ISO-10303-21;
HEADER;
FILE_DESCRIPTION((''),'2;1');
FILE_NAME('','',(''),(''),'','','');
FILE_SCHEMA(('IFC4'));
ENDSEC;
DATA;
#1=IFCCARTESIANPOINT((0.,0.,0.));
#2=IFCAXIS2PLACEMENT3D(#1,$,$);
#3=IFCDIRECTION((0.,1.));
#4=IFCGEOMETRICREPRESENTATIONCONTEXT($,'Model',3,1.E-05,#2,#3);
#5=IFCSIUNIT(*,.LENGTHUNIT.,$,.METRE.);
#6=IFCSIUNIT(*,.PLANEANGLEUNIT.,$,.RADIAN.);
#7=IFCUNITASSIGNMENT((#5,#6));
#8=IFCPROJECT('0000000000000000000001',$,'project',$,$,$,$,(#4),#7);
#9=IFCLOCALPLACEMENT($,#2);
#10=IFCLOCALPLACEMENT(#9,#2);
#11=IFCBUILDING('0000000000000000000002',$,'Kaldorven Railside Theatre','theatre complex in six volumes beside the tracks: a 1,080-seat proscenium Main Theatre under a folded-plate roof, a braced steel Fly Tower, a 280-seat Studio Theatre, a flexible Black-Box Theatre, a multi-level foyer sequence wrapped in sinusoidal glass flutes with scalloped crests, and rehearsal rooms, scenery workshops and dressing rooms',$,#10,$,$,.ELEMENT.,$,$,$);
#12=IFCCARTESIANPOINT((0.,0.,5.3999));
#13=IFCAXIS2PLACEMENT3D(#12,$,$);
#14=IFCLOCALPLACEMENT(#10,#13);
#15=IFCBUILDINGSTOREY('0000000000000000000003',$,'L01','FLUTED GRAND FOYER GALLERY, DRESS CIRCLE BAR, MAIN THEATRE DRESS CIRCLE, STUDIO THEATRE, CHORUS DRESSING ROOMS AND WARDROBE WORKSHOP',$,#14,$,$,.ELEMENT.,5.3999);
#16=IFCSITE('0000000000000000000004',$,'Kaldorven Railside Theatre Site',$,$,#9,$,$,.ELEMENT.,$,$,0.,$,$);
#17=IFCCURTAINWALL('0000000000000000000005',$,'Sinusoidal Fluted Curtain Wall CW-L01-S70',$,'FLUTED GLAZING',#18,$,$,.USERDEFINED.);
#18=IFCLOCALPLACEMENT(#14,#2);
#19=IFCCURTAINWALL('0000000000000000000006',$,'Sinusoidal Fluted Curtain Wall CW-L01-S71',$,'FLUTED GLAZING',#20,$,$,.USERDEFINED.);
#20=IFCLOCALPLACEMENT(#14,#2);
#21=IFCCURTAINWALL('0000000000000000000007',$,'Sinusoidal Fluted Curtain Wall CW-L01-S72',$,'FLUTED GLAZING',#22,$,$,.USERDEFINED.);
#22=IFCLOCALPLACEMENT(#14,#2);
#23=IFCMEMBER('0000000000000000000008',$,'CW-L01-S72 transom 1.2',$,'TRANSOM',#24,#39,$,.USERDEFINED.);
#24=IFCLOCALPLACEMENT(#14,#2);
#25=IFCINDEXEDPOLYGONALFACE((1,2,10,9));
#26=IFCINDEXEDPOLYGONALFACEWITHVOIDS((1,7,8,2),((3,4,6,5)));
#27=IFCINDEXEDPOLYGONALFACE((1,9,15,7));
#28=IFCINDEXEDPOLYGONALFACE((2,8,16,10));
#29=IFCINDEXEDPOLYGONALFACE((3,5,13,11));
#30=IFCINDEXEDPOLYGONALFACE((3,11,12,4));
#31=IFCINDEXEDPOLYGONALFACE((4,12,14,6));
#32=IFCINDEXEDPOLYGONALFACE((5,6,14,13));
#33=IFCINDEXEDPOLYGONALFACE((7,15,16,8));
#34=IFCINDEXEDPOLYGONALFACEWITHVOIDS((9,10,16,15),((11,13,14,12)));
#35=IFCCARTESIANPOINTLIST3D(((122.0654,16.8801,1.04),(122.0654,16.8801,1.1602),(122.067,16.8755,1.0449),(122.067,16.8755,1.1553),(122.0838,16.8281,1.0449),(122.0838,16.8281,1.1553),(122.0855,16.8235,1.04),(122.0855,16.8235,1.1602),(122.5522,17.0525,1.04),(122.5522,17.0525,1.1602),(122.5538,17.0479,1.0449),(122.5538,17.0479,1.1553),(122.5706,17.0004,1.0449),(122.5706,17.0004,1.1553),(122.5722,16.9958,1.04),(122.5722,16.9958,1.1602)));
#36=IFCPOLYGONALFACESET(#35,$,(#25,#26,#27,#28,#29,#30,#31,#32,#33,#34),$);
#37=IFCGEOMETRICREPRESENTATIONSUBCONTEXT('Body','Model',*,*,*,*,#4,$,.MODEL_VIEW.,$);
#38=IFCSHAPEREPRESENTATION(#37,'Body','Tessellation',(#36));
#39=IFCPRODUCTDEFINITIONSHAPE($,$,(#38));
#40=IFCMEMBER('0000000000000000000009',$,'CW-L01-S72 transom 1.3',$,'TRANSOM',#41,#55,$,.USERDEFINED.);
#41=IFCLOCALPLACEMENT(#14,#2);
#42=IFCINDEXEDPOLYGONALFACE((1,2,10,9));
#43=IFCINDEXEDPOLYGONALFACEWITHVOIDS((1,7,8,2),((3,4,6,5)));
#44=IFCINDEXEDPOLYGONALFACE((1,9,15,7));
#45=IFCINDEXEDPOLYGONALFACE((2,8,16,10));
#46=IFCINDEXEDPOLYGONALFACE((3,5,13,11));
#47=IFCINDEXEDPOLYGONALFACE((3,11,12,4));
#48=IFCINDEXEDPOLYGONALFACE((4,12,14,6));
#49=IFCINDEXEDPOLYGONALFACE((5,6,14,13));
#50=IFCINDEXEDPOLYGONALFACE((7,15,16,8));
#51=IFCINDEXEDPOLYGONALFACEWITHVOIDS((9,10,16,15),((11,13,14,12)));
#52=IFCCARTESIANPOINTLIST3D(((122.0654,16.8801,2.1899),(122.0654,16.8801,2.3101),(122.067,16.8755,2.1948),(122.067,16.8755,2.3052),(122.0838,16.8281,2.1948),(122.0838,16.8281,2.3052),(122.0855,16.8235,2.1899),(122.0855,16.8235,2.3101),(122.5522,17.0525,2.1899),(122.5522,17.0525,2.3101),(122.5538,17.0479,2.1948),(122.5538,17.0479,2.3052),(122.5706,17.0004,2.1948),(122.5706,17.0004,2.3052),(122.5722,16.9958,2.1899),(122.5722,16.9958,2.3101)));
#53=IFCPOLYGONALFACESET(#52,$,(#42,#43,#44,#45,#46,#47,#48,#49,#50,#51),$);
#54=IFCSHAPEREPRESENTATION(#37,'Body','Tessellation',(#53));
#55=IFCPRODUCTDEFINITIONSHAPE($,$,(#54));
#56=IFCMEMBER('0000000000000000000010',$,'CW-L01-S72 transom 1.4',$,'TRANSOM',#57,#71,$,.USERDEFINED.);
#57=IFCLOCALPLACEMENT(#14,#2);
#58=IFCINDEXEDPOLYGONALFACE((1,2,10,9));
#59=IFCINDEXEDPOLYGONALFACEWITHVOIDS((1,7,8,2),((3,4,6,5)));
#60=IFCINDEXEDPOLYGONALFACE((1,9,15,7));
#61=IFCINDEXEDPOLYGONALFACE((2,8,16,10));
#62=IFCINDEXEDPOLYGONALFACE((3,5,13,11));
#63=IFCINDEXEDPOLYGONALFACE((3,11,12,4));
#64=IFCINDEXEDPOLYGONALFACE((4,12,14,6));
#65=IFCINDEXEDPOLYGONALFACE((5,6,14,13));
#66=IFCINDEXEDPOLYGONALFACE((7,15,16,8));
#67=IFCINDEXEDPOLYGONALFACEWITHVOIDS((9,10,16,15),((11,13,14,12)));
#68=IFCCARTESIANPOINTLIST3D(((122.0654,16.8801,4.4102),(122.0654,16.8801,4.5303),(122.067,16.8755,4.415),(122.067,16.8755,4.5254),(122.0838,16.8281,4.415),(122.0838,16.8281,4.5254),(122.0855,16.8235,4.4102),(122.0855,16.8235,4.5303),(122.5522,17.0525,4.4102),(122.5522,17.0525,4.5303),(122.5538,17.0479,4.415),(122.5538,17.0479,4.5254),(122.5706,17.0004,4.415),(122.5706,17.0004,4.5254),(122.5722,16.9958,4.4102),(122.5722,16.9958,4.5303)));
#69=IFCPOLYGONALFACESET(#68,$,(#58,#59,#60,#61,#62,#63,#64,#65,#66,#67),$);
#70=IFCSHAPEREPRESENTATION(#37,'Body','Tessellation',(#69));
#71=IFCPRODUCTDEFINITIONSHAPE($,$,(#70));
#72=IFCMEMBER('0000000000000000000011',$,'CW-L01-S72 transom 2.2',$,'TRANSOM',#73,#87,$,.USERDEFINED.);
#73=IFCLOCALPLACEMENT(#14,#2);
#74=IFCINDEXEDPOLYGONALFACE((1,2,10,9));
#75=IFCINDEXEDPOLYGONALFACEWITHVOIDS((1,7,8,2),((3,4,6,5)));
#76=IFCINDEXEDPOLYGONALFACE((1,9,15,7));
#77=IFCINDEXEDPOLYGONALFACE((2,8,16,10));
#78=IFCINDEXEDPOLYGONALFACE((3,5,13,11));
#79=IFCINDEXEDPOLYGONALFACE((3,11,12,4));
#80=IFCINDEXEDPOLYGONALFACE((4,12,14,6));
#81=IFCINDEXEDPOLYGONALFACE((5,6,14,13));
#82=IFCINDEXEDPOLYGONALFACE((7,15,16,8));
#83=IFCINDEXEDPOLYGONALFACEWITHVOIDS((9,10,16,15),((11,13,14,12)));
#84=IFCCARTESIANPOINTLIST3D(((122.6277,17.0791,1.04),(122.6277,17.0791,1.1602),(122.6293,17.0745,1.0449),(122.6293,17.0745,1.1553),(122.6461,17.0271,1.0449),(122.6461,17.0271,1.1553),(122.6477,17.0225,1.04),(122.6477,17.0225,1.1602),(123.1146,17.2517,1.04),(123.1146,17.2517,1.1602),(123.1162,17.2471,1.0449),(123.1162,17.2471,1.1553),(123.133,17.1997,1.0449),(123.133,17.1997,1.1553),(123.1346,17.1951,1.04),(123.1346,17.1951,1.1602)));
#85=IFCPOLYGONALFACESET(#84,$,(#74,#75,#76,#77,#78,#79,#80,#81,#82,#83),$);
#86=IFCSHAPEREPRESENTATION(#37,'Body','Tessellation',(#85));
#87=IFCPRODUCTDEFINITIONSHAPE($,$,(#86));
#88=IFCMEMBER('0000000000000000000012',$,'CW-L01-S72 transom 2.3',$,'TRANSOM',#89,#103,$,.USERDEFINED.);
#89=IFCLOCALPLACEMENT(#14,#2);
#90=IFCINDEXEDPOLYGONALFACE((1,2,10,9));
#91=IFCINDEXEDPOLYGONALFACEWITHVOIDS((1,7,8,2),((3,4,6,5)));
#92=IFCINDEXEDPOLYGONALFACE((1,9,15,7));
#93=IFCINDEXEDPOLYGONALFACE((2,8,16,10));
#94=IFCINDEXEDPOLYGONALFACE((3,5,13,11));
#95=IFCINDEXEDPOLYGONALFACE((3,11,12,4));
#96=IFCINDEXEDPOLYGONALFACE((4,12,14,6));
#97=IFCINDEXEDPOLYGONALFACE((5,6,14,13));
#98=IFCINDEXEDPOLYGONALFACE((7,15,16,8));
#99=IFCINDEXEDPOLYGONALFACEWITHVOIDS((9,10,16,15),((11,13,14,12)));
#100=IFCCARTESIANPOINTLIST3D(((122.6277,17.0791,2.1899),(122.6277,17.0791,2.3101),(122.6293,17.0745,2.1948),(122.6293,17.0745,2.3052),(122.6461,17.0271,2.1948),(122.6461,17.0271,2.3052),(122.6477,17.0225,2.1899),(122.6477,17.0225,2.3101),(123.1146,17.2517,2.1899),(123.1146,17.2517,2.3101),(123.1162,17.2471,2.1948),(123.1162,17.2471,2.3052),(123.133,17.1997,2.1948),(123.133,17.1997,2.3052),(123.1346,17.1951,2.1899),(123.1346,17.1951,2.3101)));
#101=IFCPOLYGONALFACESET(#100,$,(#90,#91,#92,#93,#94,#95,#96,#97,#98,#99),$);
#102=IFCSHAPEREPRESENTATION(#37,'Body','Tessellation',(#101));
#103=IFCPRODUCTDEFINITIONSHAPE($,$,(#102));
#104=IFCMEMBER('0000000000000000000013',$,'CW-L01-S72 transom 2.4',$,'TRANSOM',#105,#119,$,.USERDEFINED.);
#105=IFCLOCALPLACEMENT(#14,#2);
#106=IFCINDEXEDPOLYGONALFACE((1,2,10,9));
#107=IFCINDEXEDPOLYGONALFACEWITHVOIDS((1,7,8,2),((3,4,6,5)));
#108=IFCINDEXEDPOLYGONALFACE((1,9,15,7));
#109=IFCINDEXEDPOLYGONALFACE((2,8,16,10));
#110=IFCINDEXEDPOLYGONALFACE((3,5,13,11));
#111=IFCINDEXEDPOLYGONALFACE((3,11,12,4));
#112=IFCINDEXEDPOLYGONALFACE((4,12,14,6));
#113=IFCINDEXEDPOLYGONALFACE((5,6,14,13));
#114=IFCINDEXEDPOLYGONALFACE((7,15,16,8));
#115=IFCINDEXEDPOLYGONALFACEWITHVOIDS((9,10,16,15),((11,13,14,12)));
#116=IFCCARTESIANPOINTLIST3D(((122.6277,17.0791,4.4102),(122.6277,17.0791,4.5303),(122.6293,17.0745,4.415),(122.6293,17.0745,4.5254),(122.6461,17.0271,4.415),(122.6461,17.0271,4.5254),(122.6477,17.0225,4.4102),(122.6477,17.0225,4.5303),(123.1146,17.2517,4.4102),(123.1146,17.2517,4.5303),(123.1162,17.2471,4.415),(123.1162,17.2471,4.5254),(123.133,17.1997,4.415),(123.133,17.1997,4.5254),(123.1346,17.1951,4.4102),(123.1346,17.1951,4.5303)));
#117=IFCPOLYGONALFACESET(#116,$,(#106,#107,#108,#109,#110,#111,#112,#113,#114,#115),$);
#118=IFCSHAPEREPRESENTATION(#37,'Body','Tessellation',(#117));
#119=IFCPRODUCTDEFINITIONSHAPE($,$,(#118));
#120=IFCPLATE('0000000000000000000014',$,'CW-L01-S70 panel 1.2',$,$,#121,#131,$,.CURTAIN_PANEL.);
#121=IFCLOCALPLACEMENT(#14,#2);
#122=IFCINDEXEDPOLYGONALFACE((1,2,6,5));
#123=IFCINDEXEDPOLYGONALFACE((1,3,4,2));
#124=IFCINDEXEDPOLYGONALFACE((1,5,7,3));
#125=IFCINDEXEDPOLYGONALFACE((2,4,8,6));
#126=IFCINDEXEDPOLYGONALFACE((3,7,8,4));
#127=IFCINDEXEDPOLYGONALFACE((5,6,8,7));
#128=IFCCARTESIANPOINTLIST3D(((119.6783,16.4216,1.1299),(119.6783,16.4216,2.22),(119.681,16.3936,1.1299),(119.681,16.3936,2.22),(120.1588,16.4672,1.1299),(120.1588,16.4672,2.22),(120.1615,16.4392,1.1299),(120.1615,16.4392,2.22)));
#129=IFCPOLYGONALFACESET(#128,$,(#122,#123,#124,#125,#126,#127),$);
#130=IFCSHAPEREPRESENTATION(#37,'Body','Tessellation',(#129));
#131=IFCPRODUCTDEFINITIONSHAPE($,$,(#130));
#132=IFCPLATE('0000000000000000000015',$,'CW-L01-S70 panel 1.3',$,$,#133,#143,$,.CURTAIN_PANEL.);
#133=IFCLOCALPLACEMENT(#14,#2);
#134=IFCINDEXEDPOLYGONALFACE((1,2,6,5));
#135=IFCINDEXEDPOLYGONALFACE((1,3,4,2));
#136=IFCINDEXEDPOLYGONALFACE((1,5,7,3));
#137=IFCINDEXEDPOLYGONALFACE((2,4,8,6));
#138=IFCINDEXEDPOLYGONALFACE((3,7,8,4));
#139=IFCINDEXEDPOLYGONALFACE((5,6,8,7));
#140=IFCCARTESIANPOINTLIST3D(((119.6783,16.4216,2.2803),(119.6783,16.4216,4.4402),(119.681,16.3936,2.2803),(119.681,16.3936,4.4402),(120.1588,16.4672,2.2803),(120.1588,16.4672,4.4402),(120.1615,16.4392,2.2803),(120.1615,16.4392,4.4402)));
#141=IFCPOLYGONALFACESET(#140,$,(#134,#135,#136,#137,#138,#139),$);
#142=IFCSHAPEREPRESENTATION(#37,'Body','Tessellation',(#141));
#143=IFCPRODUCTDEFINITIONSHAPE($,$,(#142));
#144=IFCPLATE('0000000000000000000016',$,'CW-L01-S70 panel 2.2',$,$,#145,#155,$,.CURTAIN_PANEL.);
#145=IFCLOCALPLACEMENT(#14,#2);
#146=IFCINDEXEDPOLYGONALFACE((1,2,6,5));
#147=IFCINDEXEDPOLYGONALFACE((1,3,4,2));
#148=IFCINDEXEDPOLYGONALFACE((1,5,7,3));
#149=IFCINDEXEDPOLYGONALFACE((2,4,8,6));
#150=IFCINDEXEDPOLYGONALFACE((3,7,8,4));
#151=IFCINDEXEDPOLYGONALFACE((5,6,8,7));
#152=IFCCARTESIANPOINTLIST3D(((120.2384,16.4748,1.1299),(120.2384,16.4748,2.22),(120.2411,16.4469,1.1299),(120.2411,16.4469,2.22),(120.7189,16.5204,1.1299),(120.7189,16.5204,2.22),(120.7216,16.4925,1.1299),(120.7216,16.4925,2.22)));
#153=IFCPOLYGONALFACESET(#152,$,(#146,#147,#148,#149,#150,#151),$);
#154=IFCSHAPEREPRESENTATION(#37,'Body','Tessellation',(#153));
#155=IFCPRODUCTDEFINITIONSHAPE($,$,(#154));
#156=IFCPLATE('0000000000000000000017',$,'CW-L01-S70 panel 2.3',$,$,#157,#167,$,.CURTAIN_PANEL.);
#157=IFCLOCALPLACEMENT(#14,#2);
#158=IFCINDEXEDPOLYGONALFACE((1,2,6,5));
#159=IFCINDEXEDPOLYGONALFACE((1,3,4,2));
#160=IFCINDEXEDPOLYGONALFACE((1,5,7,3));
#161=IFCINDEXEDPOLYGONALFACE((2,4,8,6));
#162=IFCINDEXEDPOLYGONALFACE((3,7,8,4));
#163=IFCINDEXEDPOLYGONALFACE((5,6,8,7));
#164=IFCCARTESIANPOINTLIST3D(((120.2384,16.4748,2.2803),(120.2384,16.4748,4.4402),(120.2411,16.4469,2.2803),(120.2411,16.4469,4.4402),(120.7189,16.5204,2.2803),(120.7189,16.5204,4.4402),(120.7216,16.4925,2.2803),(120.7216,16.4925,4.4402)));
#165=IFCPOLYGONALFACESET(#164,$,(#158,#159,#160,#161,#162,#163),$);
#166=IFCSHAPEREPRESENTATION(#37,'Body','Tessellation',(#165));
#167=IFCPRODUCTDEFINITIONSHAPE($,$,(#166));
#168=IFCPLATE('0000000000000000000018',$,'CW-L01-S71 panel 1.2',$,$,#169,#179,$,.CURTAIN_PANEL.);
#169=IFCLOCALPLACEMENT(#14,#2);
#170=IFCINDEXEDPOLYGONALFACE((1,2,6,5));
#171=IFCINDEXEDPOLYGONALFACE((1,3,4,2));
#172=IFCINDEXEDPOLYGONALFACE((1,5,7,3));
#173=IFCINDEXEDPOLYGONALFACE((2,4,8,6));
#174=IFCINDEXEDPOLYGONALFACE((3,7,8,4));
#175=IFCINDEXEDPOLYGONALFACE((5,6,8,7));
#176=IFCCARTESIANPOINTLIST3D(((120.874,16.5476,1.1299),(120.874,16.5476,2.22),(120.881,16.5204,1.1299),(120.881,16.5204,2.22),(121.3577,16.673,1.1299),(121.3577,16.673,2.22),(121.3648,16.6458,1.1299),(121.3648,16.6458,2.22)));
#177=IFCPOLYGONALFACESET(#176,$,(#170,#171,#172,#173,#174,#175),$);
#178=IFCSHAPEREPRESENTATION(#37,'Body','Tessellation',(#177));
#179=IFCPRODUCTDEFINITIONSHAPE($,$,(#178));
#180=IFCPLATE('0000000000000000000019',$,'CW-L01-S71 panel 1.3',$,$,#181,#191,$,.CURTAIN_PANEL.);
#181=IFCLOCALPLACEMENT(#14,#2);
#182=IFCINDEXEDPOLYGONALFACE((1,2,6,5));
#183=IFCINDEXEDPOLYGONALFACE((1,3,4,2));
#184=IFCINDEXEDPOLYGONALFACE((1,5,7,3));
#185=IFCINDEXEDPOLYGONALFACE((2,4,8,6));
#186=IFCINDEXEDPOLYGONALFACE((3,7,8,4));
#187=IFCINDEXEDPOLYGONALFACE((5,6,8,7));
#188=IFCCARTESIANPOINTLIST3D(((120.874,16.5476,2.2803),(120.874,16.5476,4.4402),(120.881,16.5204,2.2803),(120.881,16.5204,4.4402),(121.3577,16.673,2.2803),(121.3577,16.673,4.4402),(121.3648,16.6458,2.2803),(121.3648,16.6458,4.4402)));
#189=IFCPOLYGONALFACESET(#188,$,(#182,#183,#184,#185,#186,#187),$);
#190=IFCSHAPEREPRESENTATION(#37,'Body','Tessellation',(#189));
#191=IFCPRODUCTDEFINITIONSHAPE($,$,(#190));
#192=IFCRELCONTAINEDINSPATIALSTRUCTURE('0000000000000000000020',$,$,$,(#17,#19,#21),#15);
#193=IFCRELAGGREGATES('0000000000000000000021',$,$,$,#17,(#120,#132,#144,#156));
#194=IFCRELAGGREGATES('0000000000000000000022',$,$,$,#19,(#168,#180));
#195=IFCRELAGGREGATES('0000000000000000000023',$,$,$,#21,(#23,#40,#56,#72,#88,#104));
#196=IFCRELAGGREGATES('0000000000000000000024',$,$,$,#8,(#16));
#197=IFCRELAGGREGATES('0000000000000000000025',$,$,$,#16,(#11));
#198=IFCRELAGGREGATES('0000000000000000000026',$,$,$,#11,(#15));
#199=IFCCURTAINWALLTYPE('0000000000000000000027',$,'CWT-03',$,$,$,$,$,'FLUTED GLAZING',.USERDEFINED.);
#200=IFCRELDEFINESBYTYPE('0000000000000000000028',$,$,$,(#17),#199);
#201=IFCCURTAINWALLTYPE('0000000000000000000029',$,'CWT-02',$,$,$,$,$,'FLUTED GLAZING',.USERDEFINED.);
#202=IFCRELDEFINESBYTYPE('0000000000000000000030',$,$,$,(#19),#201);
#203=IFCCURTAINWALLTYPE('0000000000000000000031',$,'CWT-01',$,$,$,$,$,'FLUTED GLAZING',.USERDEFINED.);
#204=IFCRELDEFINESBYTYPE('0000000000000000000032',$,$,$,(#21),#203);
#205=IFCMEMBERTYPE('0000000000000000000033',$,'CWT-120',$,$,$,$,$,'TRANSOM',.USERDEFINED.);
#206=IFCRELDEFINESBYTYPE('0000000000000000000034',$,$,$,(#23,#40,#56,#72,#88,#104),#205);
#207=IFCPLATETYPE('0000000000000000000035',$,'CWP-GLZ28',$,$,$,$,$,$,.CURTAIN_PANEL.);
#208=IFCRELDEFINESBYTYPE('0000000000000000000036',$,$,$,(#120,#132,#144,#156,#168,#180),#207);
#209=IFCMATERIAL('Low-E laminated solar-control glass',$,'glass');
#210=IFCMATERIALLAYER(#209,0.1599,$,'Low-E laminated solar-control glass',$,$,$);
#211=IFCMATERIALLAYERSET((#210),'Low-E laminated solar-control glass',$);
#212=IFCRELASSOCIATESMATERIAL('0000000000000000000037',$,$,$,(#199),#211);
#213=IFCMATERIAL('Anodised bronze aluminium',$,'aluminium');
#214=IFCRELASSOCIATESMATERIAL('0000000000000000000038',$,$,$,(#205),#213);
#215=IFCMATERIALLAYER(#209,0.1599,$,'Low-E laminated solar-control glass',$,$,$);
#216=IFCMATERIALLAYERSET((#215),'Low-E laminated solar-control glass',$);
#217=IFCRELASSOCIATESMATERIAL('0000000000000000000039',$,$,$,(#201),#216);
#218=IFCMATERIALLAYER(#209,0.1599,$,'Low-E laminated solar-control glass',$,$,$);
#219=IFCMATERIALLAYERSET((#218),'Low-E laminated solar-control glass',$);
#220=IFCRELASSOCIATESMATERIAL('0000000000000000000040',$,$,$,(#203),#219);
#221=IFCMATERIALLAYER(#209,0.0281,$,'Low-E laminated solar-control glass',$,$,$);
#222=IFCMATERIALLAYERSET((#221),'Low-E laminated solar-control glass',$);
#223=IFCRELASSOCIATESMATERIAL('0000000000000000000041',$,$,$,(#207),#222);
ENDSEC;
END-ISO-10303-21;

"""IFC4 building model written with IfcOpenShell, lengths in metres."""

from ifc_helpers import new_model, si_unit, direction, frame, origin, origin_2d, place, context, subcontext, project, spatial, rectangle, hollow_rectangle, extrude, material, layer, layer_set, material_profile, profile_set, type_object, element, aggregate, save


model = new_model("IFC4")

# Units and contexts
model_context = context("Model", 3, precision=1e-05, world=origin(), true_north=direction((0.0, 1.0)))
body_context = subcontext(model_context, "Body", "Model", "MODEL_VIEW")
ifc_project = project(units=[si_unit("LENGTHUNIT", "METRE"), si_unit("PLANEANGLEUNIT", "RADIAN")], contexts=[model_context])

# Site, building, storey
site_placement = place(None, origin())
site = spatial("IfcSite", under=ifc_project, at=site_placement, Name="Kaldorven Railside Theatre Site", CompositionType="ELEMENT", RefElevation=0.0)
building_placement = place(site_placement, origin())
building = spatial("IfcBuilding", under=site, at=building_placement, Name="Kaldorven Railside Theatre", Description="theatre complex in six volumes beside the tracks: a 1,080-seat proscenium Main Theatre under a folded-plate roof, a braced steel Fly Tower, a 280-seat Studio Theatre, a flexible Black-Box Theatre, a multi-level foyer sequence wrapped in sinusoidal glass flutes with scalloped crests, and rehearsal rooms, scenery workshops and dressing rooms", CompositionType="ELEMENT")
storey_placement = place(building_placement, frame((0.0, 0.0, 5.3999)))
storey = spatial("IfcBuildingStorey", under=building, at=storey_placement, Name="L01", Description="FLUTED GRAND FOYER GALLERY, DRESS CIRCLE BAR, MAIN THEATRE DRESS CIRCLE, STUDIO THEATRE, CHORUS DRESSING ROOMS AND WARDROBE WORKSHOP", CompositionType="ELEMENT", Elevation=5.3999)

# Curtain walls, members
ifc_material_1 = material(Name="Low-E laminated solar-control glass", Category="glass")
ifc_layer_1 = layer(ifc_material_1, 0.1599, Name="Low-E laminated solar-control glass")
ifc_layer_set_1 = layer_set([ifc_layer_1], Name="Low-E laminated solar-control glass")
curtain_wall_type_1 = type_object("IfcCurtainWallType", Name="CWT-03", ElementType="FLUTED GLAZING", PredefinedType="USERDEFINED", material=ifc_layer_set_1)
curtain_wall_1_placement = place(storey_placement, origin())
curtain_wall_1 = element("IfcCurtainWall", 1, at=curtain_wall_1_placement, inside=storey, type_object=curtain_wall_type_1, Name="Sinusoidal Fluted Curtain Wall CW-L01-S70", ObjectType="FLUTED GLAZING", PredefinedType="USERDEFINED")
ifc_material_2 = material(Name="Anodised bronze aluminium", Category="aluminium")
ifc_material_profile = material_profile(ifc_material_2, hollow_rectangle(XDim=0.0601, YDim=0.1201, WallThickness=0.0049, at=origin_2d()), Name="RHS 120x60x5")
ifc_profile_set = profile_set([ifc_material_profile], Name="Anodised bronze aluminium")
member_type = type_object("IfcMemberType", Name="CWT-120", ElementType="TRANSOM", PredefinedType="USERDEFINED", material=ifc_profile_set)
ifc_layer_2 = layer(ifc_material_1, 0.1599, Name="Low-E laminated solar-control glass")
ifc_layer_set_2 = layer_set([ifc_layer_2], Name="Low-E laminated solar-control glass")
curtain_wall_type_2 = type_object("IfcCurtainWallType", Name="CWT-02", ElementType="FLUTED GLAZING", PredefinedType="USERDEFINED", material=ifc_layer_set_2)
curtain_wall_2_placement = place(storey_placement, origin())
curtain_wall_2 = element("IfcCurtainWall", 2, at=curtain_wall_2_placement, inside=storey, type_object=curtain_wall_type_2, Name="Sinusoidal Fluted Curtain Wall CW-L01-S71", ObjectType="FLUTED GLAZING", PredefinedType="USERDEFINED")
ifc_layer_3 = layer(ifc_material_1, 0.1599, Name="Low-E laminated solar-control glass")
ifc_layer_set_3 = layer_set([ifc_layer_3], Name="Low-E laminated solar-control glass")
curtain_wall_type_3 = type_object("IfcCurtainWallType", Name="CWT-01", ElementType="FLUTED GLAZING", PredefinedType="USERDEFINED", material=ifc_layer_set_3)
curtain_wall_3_placement = place(storey_placement, origin())
curtain_wall_3 = element("IfcCurtainWall", 3, at=curtain_wall_3_placement, inside=storey, type_object=curtain_wall_type_3, Name="Sinusoidal Fluted Curtain Wall CW-L01-S72", ObjectType="FLUTED GLAZING", PredefinedType="USERDEFINED")
member_1_placement = place(storey_placement, frame((122.0754, 16.8518, 1.1001), z_axis=(0.942658, 0.33376, 0.0), x_axis=(-0.33376, 0.942658, 0.0)))
member_1 = element("IfcMember", 4, at=member_1_placement, type_object=member_type, Name="CW-L01-S72 transom 1.2", ObjectType="TRANSOM", PredefinedType="USERDEFINED", context=body_context, shape_type="SweptSolid", body=[
    extrude(hollow_rectangle(XDim=0.0601, YDim=0.1201, WallThickness=0.0049, at=origin_2d()), origin(), (0.0, 0.0, 1.0), 0.5164),
])
member_2_placement = place(storey_placement, frame((122.0754, 16.8518, 2.25), z_axis=(0.942658, 0.33376, 0.0), x_axis=(-0.33376, 0.942658, 0.0)))
member_2 = element("IfcMember", 5, at=member_2_placement, type_object=member_type, Name="CW-L01-S72 transom 1.3", ObjectType="TRANSOM", PredefinedType="USERDEFINED", context=body_context, shape_type="SweptSolid", body=[
    extrude(hollow_rectangle(XDim=0.0601, YDim=0.1201, WallThickness=0.0049, at=origin_2d()), origin(), (0.0, 0.0, 1.0), 0.5164),
])
member_3_placement = place(storey_placement, frame((122.0754, 16.8518, 4.4702), z_axis=(0.942658, 0.33376, 0.0), x_axis=(-0.33376, 0.942658, 0.0)))
member_3 = element("IfcMember", 6, at=member_3_placement, type_object=member_type, Name="CW-L01-S72 transom 1.4", ObjectType="TRANSOM", PredefinedType="USERDEFINED", context=body_context, shape_type="SweptSolid", body=[
    extrude(hollow_rectangle(XDim=0.0601, YDim=0.1201, WallThickness=0.0049, at=origin_2d()), origin(), (0.0, 0.0, 1.0), 0.5164),
])
member_4_placement = place(storey_placement, frame((122.6377, 17.0508, 1.1001), z_axis=(0.942509, 0.33418, 0.0), x_axis=(-0.33418, 0.942509, 0.0)))
member_4 = element("IfcMember", 7, at=member_4_placement, type_object=member_type, Name="CW-L01-S72 transom 2.2", ObjectType="TRANSOM", PredefinedType="USERDEFINED", context=body_context, shape_type="SweptSolid", body=[
    extrude(hollow_rectangle(XDim=0.0601, YDim=0.1201, WallThickness=0.0049, at=origin_2d()), origin(), (0.0, 0.0, 1.0), 0.5166),
])
member_5_placement = place(storey_placement, frame((122.6377, 17.0508, 2.25), z_axis=(0.942509, 0.33418, 0.0), x_axis=(-0.33418, 0.942509, 0.0)))
member_5 = element("IfcMember", 8, at=member_5_placement, type_object=member_type, Name="CW-L01-S72 transom 2.3", ObjectType="TRANSOM", PredefinedType="USERDEFINED", context=body_context, shape_type="SweptSolid", body=[
    extrude(hollow_rectangle(XDim=0.0601, YDim=0.1201, WallThickness=0.0049, at=origin_2d()), origin(), (0.0, 0.0, 1.0), 0.5166),
])
member_6_placement = place(storey_placement, frame((122.6377, 17.0508, 4.4702), z_axis=(0.942509, 0.33418, 0.0), x_axis=(-0.33418, 0.942509, 0.0)))
member_6 = element("IfcMember", 9, at=member_6_placement, type_object=member_type, Name="CW-L01-S72 transom 2.4", ObjectType="TRANSOM", PredefinedType="USERDEFINED", context=body_context, shape_type="SweptSolid", body=[
    extrude(hollow_rectangle(XDim=0.0601, YDim=0.1201, WallThickness=0.0049, at=origin_2d()), origin(), (0.0, 0.0, 1.0), 0.5166),
])

# Plates
ifc_layer_4 = layer(ifc_material_1, 0.0281, Name="Low-E laminated solar-control glass")
ifc_layer_set_4 = layer_set([ifc_layer_4], Name="Low-E laminated solar-control glass")
plate_type = type_object("IfcPlateType", Name="CWP-GLZ28", PredefinedType="CURTAIN_PANEL", material=ifc_layer_set_4)
plate_1_placement = place(storey_placement, frame((119.9199, 16.4304, 1.1299), z_axis=(0.0, 0.0, 1.0), x_axis=(0.995526, 0.094492, 0.0)))
plate_1 = element("IfcPlate", 10, at=plate_1_placement, type_object=plate_type, Name="CW-L01-S70 panel 1.2", PredefinedType="CURTAIN_PANEL", context=body_context, shape_type="SweptSolid", body=[
    extrude(rectangle(XDim=0.4827, YDim=0.0281, at=origin_2d()), origin(), (0.0, 0.0, 1.0), 1.0901),
])
plate_2_placement = place(storey_placement, frame((119.9199, 16.4304, 2.2803), z_axis=(0.0, 0.0, 1.0), x_axis=(0.995526, 0.094492, 0.0)))
plate_2 = element("IfcPlate", 11, at=plate_2_placement, type_object=plate_type, Name="CW-L01-S70 panel 1.3", PredefinedType="CURTAIN_PANEL", context=body_context, shape_type="SweptSolid", body=[
    extrude(rectangle(XDim=0.4827, YDim=0.0281, at=origin_2d()), origin(), (0.0, 0.0, 1.0), 2.1599),
])
plate_3_placement = place(storey_placement, frame((120.48, 16.4836, 1.1299), z_axis=(0.0, 0.0, 1.0), x_axis=(0.995526, 0.094492, 0.0)))
plate_3 = element("IfcPlate", 12, at=plate_3_placement, type_object=plate_type, Name="CW-L01-S70 panel 2.2", PredefinedType="CURTAIN_PANEL", context=body_context, shape_type="SweptSolid", body=[
    extrude(rectangle(XDim=0.4827, YDim=0.0281, at=origin_2d()), origin(), (0.0, 0.0, 1.0), 1.0901),
])
plate_4_placement = place(storey_placement, frame((120.48, 16.4836, 2.2803), z_axis=(0.0, 0.0, 1.0), x_axis=(0.995526, 0.094492, 0.0)))
plate_4 = element("IfcPlate", 13, at=plate_4_placement, type_object=plate_type, Name="CW-L01-S70 panel 2.3", PredefinedType="CURTAIN_PANEL", context=body_context, shape_type="SweptSolid", body=[
    extrude(rectangle(XDim=0.4827, YDim=0.0281, at=origin_2d()), origin(), (0.0, 0.0, 1.0), 2.1599),
])
aggregate(curtain_wall_1, [plate_1, plate_2, plate_3, plate_4])
plate_5_placement = place(storey_placement, frame((121.1194, 16.5967, 1.1299), z_axis=(0.0, 0.0, 1.0), x_axis=(0.967999, 0.250954, 0.0)))
plate_5 = element("IfcPlate", 14, at=plate_5_placement, type_object=plate_type, Name="CW-L01-S71 panel 1.2", PredefinedType="CURTAIN_PANEL", context=body_context, shape_type="SweptSolid", body=[
    extrude(rectangle(XDim=0.4998, YDim=0.0281, at=origin_2d()), origin(), (0.0, 0.0, 1.0), 1.0901),
])
plate_6_placement = place(storey_placement, frame((121.1194, 16.5967, 2.2803), z_axis=(0.0, 0.0, 1.0), x_axis=(0.967999, 0.250954, 0.0)))
plate_6 = element("IfcPlate", 15, at=plate_6_placement, type_object=plate_type, Name="CW-L01-S71 panel 1.3", PredefinedType="CURTAIN_PANEL", context=body_context, shape_type="SweptSolid", body=[
    extrude(rectangle(XDim=0.4998, YDim=0.0281, at=origin_2d()), origin(), (0.0, 0.0, 1.0), 2.1599),
])
aggregate(curtain_wall_2, [plate_5, plate_6])
aggregate(curtain_wall_3, [member_1, member_2, member_3, member_4, member_5, member_6])

save(model, "model.ifc")
